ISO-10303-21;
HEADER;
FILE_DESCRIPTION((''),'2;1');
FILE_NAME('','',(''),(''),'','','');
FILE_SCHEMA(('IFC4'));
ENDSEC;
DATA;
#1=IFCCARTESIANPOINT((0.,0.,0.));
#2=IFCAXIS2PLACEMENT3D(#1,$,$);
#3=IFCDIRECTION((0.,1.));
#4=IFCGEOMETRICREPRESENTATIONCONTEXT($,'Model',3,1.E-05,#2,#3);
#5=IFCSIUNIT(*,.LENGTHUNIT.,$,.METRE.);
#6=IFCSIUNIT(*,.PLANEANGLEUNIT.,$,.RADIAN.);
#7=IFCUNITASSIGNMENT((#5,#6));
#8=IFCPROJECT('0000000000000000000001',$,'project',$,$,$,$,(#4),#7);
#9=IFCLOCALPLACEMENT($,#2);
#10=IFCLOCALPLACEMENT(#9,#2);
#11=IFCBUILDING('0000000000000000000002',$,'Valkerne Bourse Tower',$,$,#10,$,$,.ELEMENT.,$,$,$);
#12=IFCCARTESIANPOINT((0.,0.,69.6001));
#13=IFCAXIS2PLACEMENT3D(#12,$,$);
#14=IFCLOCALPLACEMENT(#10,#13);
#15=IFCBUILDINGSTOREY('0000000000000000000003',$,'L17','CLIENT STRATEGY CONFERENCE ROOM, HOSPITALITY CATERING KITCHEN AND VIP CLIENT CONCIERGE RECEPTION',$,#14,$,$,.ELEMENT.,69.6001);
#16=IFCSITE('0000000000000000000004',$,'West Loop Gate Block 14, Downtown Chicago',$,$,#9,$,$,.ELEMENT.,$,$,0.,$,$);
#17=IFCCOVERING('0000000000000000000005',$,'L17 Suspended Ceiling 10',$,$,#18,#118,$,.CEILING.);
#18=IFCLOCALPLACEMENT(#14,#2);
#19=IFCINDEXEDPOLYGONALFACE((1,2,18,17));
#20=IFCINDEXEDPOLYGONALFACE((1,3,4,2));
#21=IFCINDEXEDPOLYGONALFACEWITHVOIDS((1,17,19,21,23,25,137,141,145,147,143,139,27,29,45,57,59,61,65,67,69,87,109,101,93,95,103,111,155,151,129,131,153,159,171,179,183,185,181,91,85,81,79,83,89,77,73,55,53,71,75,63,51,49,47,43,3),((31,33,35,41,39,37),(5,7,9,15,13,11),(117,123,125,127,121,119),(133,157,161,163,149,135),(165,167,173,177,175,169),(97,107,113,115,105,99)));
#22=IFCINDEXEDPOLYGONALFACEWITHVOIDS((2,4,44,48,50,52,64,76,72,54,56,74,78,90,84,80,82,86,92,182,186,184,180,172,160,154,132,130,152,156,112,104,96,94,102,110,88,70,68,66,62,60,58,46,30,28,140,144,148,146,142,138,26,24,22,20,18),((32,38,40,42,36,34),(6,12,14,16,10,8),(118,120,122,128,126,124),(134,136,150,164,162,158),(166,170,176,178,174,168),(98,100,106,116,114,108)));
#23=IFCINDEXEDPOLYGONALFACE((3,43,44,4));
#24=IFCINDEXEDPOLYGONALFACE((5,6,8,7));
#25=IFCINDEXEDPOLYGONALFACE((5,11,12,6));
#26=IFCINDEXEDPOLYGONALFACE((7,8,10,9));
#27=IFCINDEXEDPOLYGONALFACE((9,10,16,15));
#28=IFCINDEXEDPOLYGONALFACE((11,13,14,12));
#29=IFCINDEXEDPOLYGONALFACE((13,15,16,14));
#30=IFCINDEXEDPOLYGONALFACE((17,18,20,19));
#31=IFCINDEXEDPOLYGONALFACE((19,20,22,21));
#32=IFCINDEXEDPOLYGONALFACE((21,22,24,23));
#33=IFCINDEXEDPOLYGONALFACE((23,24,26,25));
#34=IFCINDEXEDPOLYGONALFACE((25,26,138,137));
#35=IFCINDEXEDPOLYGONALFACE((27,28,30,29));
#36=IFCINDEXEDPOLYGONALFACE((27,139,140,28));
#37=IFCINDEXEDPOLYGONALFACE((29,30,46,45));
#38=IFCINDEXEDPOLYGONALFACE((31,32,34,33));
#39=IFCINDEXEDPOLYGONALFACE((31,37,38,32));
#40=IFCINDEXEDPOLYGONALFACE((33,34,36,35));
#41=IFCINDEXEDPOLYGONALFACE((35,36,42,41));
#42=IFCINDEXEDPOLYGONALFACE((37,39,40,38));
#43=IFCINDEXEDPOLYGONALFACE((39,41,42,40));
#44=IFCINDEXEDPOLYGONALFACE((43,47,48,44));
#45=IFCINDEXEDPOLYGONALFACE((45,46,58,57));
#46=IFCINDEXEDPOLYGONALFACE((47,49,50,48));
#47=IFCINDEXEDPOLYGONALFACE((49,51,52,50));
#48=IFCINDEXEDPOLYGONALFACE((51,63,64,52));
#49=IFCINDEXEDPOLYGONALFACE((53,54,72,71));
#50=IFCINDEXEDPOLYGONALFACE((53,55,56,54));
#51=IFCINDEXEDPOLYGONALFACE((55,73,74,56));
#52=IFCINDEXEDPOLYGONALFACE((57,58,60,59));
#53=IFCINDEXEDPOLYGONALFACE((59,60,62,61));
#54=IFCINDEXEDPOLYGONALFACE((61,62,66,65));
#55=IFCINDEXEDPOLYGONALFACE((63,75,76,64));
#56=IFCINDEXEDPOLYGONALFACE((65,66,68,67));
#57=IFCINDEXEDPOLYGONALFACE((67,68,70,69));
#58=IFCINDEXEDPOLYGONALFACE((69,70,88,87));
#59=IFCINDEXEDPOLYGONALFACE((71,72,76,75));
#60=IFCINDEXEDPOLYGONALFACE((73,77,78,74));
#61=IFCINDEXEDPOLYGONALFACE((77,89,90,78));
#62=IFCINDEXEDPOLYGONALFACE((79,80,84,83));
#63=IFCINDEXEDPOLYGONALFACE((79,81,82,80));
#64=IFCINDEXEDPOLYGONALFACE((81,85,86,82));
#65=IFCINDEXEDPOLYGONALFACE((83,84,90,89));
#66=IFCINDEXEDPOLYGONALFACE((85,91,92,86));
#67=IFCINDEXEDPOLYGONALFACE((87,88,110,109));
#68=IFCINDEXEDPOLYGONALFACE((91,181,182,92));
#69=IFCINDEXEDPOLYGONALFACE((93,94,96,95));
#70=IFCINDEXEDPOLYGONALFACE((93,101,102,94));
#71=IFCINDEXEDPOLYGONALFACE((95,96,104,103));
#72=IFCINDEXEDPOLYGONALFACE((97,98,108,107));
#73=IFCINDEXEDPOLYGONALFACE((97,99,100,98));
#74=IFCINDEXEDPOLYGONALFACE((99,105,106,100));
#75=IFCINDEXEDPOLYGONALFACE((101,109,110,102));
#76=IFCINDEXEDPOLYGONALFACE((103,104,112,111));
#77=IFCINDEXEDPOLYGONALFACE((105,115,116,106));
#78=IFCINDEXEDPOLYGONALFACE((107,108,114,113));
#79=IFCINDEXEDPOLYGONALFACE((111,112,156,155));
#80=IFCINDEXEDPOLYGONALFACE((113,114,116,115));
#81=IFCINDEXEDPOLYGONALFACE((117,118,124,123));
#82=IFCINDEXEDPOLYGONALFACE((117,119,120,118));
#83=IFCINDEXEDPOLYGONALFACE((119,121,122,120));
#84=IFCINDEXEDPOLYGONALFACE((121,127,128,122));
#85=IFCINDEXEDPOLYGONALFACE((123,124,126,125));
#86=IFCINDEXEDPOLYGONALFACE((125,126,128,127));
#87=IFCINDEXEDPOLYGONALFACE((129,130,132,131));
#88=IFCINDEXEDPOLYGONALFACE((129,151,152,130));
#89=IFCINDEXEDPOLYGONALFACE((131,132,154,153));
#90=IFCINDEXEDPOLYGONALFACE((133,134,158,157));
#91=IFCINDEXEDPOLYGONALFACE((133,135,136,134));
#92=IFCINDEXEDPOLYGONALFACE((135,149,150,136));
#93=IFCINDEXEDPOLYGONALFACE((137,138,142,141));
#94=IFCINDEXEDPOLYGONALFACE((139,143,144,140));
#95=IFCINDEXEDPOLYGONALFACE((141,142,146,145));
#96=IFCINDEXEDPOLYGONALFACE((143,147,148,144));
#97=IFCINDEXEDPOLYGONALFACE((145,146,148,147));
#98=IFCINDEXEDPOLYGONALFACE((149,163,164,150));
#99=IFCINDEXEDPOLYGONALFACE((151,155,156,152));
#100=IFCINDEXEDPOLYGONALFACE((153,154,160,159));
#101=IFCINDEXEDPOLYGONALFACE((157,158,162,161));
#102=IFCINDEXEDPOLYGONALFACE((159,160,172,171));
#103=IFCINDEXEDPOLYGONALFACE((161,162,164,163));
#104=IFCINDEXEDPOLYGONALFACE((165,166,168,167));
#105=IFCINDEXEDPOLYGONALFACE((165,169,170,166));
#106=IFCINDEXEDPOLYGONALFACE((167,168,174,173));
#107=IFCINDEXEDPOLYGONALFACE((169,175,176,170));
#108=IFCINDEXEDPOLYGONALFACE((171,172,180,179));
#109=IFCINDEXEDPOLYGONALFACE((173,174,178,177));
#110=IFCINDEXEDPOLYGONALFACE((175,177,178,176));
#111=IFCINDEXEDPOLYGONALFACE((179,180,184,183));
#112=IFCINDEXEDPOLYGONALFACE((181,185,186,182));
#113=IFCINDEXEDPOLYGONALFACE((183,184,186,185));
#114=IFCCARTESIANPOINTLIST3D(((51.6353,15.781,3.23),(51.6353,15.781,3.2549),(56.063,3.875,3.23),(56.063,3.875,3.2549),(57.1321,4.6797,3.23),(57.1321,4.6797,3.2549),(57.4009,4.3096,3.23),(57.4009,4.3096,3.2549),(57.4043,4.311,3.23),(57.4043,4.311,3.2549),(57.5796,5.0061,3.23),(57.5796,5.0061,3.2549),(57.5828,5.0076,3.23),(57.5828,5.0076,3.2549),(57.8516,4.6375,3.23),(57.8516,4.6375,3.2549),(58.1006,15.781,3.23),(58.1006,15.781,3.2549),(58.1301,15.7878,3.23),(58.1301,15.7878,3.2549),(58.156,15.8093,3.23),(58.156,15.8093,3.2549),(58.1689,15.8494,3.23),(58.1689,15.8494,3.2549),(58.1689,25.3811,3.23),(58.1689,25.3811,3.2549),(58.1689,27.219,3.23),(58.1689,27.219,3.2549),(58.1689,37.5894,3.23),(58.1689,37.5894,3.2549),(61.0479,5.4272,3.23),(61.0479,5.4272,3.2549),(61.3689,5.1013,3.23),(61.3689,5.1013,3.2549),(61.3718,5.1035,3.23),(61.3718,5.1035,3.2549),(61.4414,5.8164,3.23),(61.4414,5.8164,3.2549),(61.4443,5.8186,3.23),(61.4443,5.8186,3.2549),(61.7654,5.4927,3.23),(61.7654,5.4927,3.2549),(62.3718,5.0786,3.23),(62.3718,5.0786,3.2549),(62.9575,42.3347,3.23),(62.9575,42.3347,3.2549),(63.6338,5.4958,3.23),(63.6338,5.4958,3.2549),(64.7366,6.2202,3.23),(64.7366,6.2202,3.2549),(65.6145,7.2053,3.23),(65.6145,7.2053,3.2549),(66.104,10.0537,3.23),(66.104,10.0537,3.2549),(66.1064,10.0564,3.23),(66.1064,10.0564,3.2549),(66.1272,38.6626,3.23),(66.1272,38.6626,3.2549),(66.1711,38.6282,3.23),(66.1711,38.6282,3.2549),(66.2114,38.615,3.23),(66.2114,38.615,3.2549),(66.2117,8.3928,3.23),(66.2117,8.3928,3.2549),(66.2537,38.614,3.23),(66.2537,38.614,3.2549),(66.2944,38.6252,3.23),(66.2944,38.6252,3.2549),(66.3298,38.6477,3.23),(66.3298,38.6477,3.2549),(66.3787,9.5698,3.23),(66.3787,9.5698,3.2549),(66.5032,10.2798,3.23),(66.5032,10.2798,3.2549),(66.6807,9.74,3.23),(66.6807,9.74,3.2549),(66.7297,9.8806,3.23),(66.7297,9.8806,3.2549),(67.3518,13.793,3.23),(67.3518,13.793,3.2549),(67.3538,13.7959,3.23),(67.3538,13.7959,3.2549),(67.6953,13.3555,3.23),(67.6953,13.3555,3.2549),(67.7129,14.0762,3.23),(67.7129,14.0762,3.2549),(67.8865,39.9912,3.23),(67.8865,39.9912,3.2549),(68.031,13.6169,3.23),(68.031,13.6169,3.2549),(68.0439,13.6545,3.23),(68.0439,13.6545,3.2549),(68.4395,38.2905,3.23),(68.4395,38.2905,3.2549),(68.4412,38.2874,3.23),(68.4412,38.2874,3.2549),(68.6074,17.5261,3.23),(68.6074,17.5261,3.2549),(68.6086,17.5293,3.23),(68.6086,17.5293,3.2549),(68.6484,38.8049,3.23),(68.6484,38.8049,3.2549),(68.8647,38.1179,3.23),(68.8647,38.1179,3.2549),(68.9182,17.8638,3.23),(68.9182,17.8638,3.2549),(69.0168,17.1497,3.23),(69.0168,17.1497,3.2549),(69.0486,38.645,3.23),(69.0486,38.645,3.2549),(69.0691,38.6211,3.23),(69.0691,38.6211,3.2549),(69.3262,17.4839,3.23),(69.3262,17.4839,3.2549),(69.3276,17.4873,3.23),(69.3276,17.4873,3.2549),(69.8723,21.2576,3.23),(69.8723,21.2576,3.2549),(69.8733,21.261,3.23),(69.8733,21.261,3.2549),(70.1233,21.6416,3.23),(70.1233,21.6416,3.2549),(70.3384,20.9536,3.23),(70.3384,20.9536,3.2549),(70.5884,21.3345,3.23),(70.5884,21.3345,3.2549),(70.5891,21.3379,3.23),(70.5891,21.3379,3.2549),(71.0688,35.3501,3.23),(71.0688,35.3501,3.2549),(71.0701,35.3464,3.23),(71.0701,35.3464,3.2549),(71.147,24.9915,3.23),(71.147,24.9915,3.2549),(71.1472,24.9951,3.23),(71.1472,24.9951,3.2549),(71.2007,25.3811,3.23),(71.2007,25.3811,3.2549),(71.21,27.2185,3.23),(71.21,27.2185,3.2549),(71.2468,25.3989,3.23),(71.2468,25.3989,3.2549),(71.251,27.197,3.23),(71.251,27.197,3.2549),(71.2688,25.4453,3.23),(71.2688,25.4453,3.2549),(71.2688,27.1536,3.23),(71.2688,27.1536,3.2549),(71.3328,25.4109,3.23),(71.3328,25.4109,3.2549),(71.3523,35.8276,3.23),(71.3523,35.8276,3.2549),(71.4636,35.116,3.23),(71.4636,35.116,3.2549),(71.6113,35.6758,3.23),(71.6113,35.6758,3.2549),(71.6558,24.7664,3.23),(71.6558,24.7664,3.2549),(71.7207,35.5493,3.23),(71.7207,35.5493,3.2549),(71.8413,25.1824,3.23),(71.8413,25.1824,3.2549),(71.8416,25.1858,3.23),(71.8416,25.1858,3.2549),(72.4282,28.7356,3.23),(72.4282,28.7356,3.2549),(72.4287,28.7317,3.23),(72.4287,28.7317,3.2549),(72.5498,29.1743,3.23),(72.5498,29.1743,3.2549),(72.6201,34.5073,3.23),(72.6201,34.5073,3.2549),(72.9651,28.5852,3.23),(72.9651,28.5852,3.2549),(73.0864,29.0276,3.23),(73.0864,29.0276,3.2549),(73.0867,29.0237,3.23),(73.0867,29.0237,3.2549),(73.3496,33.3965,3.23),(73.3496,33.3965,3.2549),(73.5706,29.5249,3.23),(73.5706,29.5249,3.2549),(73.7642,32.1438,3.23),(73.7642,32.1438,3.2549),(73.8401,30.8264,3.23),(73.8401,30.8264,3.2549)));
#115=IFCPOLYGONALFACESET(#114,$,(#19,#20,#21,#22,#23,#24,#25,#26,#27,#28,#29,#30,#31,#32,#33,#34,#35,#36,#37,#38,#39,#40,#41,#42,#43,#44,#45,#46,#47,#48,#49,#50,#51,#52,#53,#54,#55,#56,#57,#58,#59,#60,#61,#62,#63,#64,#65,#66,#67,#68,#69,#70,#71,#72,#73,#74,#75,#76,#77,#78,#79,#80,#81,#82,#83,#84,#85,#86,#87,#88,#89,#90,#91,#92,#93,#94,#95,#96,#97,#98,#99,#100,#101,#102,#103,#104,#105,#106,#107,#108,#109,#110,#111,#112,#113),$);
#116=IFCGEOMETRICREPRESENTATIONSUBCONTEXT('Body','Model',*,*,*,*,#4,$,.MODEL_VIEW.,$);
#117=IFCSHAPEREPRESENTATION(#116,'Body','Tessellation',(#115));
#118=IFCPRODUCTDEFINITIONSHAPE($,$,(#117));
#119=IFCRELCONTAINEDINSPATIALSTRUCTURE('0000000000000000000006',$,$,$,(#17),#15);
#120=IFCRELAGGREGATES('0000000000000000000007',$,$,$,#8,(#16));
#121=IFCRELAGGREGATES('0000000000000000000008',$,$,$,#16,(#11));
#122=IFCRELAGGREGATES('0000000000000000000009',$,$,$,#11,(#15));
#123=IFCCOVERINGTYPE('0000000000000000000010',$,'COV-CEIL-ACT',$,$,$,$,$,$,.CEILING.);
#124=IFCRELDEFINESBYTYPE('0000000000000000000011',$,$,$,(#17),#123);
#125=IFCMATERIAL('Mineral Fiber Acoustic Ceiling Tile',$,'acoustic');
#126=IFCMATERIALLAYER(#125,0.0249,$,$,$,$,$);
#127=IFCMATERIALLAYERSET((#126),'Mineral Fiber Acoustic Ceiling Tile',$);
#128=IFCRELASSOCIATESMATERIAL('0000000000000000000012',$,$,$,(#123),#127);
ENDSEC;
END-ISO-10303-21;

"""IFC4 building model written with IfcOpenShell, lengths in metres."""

from ifc_helpers import new_model, si_unit, direction, frame, origin, place, context, subcontext, project, spatial, polyline, outline, extrude, material, layer, layer_set, type_object, element, save


model = new_model("IFC4")

# Units and contexts
model_context = context("Model", 3, precision=1e-05, world=origin(), true_north=direction((0.0, 1.0)))
body_context = subcontext(model_context, "Body", "Model", "MODEL_VIEW")
ifc_project = project(units=[si_unit("LENGTHUNIT", "METRE"), si_unit("PLANEANGLEUNIT", "RADIAN")], contexts=[model_context])

# Site, building, storey
site_placement = place(None, origin())
site = spatial("IfcSite", under=ifc_project, at=site_placement, Name="West Loop Gate Block 14, Downtown Chicago", CompositionType="ELEMENT", RefElevation=0.0)
building_placement = place(site_placement, origin())
building = spatial("IfcBuilding", under=site, at=building_placement, Name="Valkerne Bourse Tower", CompositionType="ELEMENT")
storey_placement = place(building_placement, frame((0.0, 0.0, 69.6001)))
storey = spatial("IfcBuildingStorey", under=building, at=storey_placement, Name="L17", Description="CLIENT STRATEGY CONFERENCE ROOM, HOSPITALITY CATERING KITCHEN AND VIP CLIENT CONCIERGE RECEPTION", CompositionType="ELEMENT", Elevation=69.6001)

# Covering
ifc_material_1 = material(Name="Mineral Fiber Acoustic Ceiling Tile", Category="acoustic")
ifc_layer_1 = layer(ifc_material_1, 0.0249)
ifc_layer_set_1 = layer_set([ifc_layer_1], Name="Mineral Fiber Acoustic Ceiling Tile")
covering_type_1 = type_object("IfcCoveringType", Name="COV-CEIL-ACT", PredefinedType="CEILING", material=ifc_layer_set_1)
covering_1_placement = place(storey_placement, frame((0.0, 0.0, 3.23)))
element("IfcCovering", 1, at=covering_1_placement, inside=storey, type_object=covering_type_1, Name="L17 Suspended Ceiling 10", PredefinedType="CEILING", context=body_context, shape_type="SweptSolid", body=[
    extrude(outline(polyline([(73.5706, 29.5249), (68.0439, 13.6545), (67.7129, 14.0762), (67.3538, 13.7959), (67.3518, 13.793), (67.6953, 13.3555), (68.031, 13.6169), (66.7297, 9.8806), (66.5032, 10.2798), (66.1064, 10.0564), (66.104, 10.0537), (66.3787, 9.5698), (66.6807, 9.74), (66.2117, 8.3928), (65.6145, 7.2053), (64.7366, 6.2202), (63.6338, 5.4958), (62.3718, 5.0786), (56.063, 3.875), (51.6353, 15.781), (58.1006, 15.781), (58.1301, 15.7878), (58.156, 15.8093), (58.1689, 15.8494), (58.1689, 25.3811), (71.2007, 25.3811), (71.2468, 25.3989), (71.2688, 25.4453), (71.2688, 27.1536), (71.251, 27.197), (71.21, 27.2185), (58.1689, 27.219), (58.1689, 37.5894), (62.9575, 42.3347), (66.1272, 38.6626), (66.1711, 38.6282), (66.2114, 38.615), (66.2537, 38.614), (66.2944, 38.6252), (66.3298, 38.6477), (67.8865, 39.9912), (69.0486, 38.645), (68.6484, 38.8049), (68.4395, 38.2905), (68.4412, 38.2874), (68.8647, 38.1179), (69.0691, 38.6211), (71.6113, 35.6758), (71.3523, 35.8276), (71.0688, 35.3501), (71.0701, 35.3464), (71.4636, 35.116), (71.7207, 35.5493), (72.6201, 34.5073), (73.3496, 33.3965), (73.7642, 32.1438), (73.8401, 30.8264), (73.5706, 29.5249)]), holes=[polyline([(57.8516, 4.6375), (57.5828, 5.0076), (57.5796, 5.0061), (57.1321, 4.6797), (57.4009, 4.3096), (57.4043, 4.311), (57.8516, 4.6375)]), polyline([(61.3718, 5.1035), (61.7654, 5.4927), (61.4443, 5.8186), (61.4414, 5.8164), (61.0479, 5.4272), (61.3689, 5.1013), (61.3718, 5.1035)]), polyline([(69.3262, 17.4839), (69.3276, 17.4873), (68.9182, 17.8638), (68.6086, 17.5293), (68.6074, 17.5261), (69.0168, 17.1497), (69.3262, 17.4839)]), polyline([(70.5884, 21.3345), (70.5891, 21.3379), (70.1233, 21.6416), (69.8733, 21.261), (69.8723, 21.2576), (70.3384, 20.9536), (70.5884, 21.3345)]), polyline([(71.8416, 25.1858), (71.3328, 25.4109), (71.1472, 24.9951), (71.147, 24.9915), (71.6558, 24.7664), (71.8413, 25.1824), (71.8416, 25.1858)]), polyline([(73.0867, 29.0237), (73.0864, 29.0276), (72.5498, 29.1743), (72.4282, 28.7356), (72.4287, 28.7317), (72.9651, 28.5852), (73.0867, 29.0237)])]), origin(), (0.0, 0.0, 1.0), 0.0249),
])

save(model, "model.ifc")
